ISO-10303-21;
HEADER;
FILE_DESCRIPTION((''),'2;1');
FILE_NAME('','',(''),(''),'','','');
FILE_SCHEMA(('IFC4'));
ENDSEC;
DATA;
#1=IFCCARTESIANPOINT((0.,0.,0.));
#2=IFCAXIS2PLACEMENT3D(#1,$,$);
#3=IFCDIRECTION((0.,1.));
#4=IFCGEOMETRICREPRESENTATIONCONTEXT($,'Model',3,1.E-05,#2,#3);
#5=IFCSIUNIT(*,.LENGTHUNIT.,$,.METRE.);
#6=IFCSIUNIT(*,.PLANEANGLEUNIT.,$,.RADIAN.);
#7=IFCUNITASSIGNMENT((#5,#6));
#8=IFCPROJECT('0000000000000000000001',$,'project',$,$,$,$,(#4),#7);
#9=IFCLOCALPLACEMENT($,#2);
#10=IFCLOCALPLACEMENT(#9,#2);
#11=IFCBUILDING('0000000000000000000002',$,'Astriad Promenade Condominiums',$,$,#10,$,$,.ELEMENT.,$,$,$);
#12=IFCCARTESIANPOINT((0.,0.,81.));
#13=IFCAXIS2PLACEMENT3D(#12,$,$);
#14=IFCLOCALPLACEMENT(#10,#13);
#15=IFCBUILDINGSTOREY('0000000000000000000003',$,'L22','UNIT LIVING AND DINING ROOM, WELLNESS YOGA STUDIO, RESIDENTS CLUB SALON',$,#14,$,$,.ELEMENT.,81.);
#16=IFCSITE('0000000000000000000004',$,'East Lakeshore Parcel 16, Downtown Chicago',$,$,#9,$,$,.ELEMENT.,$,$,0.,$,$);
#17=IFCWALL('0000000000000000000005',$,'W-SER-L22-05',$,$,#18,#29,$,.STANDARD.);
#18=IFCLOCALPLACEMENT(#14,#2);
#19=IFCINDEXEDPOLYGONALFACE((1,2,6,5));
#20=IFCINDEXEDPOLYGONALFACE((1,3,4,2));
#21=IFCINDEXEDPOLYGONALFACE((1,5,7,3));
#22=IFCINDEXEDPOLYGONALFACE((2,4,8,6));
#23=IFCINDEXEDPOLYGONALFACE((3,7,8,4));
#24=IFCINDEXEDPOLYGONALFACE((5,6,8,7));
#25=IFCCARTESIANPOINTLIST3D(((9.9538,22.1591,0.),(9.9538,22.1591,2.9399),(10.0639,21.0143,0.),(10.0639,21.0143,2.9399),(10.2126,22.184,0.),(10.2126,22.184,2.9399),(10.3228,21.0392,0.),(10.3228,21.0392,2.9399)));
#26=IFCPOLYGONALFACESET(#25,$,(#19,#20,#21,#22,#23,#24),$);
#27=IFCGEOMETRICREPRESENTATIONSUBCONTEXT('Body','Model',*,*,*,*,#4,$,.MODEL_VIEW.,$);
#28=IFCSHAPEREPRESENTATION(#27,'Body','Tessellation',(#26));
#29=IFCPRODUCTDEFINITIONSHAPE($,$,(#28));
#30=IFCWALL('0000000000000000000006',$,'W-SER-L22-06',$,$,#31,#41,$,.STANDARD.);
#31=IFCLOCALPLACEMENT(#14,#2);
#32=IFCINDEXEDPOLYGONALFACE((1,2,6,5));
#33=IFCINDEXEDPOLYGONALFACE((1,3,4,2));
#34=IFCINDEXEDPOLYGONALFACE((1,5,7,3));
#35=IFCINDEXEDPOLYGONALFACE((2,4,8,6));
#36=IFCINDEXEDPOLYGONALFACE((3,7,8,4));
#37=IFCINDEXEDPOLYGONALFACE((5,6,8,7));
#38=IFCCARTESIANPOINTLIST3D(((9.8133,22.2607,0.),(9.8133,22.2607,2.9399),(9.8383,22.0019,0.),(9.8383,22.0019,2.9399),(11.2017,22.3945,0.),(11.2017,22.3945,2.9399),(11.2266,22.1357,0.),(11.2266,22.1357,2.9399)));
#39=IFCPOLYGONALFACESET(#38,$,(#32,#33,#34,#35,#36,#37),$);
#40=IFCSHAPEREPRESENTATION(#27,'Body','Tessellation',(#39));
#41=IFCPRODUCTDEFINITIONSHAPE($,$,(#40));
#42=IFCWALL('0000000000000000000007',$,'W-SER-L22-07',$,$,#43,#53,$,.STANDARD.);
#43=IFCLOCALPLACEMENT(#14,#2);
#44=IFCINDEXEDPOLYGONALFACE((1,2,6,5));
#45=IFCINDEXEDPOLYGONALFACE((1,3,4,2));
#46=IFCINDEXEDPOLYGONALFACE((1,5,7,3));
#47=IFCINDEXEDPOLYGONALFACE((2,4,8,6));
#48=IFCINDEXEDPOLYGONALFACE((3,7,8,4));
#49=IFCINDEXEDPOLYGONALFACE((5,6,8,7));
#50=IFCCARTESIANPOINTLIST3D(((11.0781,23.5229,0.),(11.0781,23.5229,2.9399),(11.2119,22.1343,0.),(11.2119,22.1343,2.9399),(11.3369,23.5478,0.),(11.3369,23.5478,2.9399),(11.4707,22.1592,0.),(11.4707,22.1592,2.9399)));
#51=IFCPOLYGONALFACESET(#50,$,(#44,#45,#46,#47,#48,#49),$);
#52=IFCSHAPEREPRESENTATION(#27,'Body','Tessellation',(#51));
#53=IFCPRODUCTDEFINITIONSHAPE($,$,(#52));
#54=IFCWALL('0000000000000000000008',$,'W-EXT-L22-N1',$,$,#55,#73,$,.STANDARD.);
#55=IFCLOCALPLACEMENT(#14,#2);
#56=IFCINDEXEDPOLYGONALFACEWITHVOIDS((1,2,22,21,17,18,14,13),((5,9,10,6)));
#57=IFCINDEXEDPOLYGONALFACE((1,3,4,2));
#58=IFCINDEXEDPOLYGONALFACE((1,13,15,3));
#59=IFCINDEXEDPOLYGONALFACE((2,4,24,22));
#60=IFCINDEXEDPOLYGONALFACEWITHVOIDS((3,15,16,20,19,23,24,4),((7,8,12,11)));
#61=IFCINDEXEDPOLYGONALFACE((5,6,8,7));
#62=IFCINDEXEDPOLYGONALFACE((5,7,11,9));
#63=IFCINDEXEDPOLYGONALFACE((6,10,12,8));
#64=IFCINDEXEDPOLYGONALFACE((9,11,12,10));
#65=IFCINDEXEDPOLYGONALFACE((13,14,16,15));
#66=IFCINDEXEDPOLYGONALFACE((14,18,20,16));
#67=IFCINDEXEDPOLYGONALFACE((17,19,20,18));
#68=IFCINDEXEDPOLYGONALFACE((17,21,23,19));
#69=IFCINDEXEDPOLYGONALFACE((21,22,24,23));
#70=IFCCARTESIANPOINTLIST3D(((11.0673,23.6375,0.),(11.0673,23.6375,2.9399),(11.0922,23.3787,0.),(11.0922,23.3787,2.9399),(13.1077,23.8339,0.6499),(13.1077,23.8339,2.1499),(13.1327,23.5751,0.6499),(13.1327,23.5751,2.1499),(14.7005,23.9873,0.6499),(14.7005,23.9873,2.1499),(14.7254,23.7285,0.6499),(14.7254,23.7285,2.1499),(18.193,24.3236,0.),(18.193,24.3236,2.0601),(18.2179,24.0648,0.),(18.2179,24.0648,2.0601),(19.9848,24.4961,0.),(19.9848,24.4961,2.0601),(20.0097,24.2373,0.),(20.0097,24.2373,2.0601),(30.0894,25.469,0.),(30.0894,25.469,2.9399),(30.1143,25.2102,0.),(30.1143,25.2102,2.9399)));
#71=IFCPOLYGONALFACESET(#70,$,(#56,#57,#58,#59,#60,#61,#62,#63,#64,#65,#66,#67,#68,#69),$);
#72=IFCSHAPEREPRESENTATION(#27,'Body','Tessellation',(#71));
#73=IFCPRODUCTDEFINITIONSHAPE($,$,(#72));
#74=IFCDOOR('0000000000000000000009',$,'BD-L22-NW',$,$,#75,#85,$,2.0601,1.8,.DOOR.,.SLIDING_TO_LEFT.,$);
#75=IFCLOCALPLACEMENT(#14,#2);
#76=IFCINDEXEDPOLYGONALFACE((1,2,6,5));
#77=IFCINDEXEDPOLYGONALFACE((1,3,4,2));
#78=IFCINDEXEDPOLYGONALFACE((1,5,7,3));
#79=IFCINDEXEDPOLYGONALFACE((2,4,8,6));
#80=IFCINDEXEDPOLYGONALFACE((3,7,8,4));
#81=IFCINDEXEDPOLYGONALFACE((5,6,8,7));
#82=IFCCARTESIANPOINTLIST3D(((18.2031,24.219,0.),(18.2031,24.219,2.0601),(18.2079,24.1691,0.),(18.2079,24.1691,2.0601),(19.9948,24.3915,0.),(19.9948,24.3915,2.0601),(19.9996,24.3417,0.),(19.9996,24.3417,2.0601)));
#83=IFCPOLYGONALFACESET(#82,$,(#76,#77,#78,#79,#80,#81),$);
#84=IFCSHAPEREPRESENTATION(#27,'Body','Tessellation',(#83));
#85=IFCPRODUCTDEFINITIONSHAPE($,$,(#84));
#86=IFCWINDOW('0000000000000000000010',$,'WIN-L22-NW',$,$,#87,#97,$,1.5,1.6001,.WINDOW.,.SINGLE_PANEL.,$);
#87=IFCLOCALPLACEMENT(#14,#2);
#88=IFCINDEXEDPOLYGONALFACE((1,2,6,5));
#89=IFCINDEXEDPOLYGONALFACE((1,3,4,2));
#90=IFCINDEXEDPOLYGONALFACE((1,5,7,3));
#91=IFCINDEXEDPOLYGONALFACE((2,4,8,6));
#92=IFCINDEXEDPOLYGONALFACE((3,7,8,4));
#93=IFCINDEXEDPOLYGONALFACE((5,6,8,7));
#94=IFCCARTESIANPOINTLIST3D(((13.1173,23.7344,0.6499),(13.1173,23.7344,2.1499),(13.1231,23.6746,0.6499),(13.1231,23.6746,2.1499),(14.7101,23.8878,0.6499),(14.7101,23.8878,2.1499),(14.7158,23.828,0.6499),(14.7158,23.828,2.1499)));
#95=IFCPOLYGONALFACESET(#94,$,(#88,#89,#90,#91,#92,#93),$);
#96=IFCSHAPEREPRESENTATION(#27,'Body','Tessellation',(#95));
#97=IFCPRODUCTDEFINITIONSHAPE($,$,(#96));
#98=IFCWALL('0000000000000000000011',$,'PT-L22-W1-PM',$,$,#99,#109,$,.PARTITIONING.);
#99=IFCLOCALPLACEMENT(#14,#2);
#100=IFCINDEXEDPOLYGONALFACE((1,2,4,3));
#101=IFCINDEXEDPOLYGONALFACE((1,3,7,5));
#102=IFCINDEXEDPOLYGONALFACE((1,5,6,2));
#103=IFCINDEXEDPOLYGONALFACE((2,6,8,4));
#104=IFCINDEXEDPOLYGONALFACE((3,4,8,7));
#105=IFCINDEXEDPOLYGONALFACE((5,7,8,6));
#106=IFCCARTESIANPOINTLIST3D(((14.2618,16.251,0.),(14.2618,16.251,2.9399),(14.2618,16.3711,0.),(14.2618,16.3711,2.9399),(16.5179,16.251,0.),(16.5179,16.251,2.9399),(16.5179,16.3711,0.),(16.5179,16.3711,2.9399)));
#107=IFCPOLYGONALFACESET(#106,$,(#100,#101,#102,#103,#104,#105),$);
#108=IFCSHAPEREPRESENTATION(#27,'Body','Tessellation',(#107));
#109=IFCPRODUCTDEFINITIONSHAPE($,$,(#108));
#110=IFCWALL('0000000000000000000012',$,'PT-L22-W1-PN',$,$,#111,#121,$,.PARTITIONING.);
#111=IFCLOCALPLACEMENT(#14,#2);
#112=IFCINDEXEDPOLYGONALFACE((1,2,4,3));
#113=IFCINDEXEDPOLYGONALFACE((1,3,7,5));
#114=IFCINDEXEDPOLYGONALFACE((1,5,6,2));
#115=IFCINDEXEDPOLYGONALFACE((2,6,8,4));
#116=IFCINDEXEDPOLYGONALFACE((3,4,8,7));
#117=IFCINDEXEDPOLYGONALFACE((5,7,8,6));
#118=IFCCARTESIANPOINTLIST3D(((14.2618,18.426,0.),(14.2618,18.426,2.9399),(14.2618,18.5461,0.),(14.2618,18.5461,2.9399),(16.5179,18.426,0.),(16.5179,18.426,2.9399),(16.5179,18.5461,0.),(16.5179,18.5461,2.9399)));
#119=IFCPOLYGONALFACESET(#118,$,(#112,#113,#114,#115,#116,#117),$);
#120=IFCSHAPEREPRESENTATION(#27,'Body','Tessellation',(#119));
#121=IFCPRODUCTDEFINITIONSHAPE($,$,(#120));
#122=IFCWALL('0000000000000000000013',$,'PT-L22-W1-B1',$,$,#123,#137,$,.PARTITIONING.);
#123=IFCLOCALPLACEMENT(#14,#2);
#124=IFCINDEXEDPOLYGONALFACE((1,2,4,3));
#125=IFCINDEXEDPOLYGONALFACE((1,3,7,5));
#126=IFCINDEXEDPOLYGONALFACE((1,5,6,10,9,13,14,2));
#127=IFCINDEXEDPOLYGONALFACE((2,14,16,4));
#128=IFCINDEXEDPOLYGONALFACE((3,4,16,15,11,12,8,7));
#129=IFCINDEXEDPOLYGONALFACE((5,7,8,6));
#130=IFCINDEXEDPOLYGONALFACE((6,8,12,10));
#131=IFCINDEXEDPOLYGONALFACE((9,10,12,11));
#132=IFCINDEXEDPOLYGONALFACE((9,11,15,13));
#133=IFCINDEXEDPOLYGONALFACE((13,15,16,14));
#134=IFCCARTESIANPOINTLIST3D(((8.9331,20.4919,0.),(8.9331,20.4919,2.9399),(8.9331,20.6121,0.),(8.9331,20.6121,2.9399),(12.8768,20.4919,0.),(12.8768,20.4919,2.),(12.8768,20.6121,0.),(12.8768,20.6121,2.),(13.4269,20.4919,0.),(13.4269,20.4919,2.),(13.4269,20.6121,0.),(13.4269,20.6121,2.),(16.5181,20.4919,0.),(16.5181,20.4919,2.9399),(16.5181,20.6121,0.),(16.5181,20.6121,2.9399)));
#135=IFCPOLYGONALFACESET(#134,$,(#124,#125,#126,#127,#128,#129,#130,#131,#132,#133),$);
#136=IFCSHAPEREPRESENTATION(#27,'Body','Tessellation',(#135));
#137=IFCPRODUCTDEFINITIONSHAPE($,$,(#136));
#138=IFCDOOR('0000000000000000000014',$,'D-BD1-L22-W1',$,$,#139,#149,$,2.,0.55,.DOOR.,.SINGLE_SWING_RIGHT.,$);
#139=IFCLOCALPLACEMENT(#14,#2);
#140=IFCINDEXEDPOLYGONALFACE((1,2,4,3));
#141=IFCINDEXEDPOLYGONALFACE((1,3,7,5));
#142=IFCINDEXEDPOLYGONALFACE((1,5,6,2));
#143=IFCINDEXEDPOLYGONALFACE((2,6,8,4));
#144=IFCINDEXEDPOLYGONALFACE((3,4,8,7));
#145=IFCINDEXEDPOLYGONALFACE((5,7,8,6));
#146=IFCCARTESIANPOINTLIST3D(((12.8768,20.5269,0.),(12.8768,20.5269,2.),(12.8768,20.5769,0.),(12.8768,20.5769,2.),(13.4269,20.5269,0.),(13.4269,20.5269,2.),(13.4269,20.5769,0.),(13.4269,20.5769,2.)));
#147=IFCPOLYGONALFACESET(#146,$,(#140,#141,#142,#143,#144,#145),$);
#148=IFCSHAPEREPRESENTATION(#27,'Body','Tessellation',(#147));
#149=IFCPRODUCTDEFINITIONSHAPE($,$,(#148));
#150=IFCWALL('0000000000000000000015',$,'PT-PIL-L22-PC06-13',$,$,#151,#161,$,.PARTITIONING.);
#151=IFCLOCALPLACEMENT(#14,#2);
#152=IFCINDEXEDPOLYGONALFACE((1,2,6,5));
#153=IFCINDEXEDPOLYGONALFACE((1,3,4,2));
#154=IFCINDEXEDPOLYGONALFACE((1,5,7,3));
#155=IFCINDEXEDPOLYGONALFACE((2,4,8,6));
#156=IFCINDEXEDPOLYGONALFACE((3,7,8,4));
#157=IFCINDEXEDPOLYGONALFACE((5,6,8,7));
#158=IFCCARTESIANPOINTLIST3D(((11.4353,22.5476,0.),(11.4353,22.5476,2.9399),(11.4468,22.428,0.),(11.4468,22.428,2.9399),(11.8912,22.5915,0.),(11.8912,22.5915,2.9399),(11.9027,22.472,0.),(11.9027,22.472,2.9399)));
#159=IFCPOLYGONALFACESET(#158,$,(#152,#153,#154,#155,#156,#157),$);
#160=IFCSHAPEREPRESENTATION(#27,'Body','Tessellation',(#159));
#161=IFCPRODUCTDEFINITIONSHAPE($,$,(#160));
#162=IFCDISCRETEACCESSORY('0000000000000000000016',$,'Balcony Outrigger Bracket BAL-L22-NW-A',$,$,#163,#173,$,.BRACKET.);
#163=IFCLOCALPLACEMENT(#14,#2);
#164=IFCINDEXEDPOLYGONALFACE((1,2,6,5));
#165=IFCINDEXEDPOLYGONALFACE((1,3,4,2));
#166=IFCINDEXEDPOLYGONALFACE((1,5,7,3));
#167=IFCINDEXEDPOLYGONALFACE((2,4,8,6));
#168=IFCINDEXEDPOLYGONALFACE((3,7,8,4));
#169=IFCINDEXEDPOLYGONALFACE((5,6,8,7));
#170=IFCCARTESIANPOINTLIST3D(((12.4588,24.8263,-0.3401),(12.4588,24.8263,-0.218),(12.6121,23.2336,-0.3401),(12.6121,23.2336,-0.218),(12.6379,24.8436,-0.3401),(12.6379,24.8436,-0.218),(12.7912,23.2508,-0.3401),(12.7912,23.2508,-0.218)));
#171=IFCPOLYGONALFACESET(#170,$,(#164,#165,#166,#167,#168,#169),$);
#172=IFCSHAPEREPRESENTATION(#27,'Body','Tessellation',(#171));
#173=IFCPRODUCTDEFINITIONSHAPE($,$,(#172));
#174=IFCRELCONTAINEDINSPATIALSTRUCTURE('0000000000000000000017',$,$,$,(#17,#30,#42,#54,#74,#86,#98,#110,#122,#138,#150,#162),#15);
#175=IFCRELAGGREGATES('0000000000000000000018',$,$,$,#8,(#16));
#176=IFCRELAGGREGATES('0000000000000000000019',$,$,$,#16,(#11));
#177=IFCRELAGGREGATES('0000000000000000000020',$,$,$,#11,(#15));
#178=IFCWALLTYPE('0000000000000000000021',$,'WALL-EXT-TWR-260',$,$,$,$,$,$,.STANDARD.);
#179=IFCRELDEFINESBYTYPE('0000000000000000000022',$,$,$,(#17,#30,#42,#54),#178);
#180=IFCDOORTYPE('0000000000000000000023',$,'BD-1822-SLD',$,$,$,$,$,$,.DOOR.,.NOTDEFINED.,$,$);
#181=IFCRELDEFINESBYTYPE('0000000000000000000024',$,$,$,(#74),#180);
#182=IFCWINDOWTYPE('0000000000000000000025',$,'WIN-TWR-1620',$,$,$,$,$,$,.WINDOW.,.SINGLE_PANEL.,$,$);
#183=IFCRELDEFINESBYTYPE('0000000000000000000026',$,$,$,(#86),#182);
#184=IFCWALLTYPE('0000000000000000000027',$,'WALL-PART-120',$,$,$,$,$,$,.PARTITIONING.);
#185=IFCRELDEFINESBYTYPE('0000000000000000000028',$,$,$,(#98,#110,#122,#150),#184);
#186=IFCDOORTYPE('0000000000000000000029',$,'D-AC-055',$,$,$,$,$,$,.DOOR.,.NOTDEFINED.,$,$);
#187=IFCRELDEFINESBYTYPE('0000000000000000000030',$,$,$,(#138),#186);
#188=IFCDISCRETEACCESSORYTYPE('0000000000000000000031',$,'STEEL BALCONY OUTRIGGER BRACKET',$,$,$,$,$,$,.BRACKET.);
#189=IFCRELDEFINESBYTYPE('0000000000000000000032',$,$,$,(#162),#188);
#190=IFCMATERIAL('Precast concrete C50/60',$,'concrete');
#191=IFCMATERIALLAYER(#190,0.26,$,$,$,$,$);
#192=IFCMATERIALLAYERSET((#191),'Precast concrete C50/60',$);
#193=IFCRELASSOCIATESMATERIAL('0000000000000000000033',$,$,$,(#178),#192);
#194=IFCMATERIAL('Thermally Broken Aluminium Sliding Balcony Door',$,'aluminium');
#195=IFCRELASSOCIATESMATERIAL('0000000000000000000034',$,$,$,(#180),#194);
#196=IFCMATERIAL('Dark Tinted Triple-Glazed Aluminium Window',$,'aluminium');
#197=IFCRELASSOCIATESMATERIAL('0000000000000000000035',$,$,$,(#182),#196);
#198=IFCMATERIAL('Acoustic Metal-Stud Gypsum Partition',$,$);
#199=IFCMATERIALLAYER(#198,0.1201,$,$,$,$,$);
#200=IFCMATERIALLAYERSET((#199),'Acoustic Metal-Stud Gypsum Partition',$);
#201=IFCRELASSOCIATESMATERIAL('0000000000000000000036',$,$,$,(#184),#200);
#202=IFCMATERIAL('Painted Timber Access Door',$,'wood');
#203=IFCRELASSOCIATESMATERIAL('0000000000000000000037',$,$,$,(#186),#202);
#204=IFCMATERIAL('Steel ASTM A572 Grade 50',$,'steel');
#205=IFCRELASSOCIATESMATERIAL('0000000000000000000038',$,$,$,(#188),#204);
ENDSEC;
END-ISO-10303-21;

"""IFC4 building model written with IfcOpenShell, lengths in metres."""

from ifc_helpers import new_model, si_unit, direction, frame, frame_2d, origin, origin_2d, place, context, subcontext, project, spatial, rectangle, extrude, source, transform, mapped, material, layer, layer_set, type_object, type_shapes, element, fill, save


model = new_model("IFC4")

# Units and contexts
model_context = context("Model", 3, precision=1e-05, world=origin(), true_north=direction((0.0, 1.0)))
body_context = subcontext(model_context, "Body", "Model", "MODEL_VIEW")
ifc_project = project(units=[si_unit("LENGTHUNIT", "METRE"), si_unit("PLANEANGLEUNIT", "RADIAN")], contexts=[model_context])

# Site, building, storey
site_placement = place(None, origin())
site = spatial("IfcSite", under=ifc_project, at=site_placement, Name="East Lakeshore Parcel 16, Downtown Chicago", CompositionType="ELEMENT", RefElevation=0.0)
building_placement = place(site_placement, origin())
building = spatial("IfcBuilding", under=site, at=building_placement, Name="Astriad Promenade Condominiums", CompositionType="ELEMENT")
storey_placement = place(building_placement, frame((0.0, 0.0, 81.0)))
storey = spatial("IfcBuildingStorey", under=building, at=storey_placement, Name="L22", Description="UNIT LIVING AND DINING ROOM, WELLNESS YOGA STUDIO, RESIDENTS CLUB SALON", CompositionType="ELEMENT", Elevation=81.0)

# Walls
ifc_material_1 = material(Name="Precast concrete C50/60", Category="concrete")
ifc_layer_1 = layer(ifc_material_1, 0.26)
ifc_layer_set_1 = layer_set([ifc_layer_1], Name="Precast concrete C50/60")
wall_type_1 = type_object("IfcWallType", Name="WALL-EXT-TWR-260", PredefinedType="STANDARD", material=ifc_layer_set_1)
wall_1_placement = place(storey_placement, frame((10.1934, 21.0266, 0.0), z_axis=(0.0, 0.0, 1.0), x_axis=(-0.095741, 0.995406, 0.0)))
element("IfcWall", 1, at=wall_1_placement, inside=storey, type_object=wall_type_1, Name="W-SER-L22-05", PredefinedType="STANDARD", context=body_context, shape_type="SweptSolid", body=[
    extrude(rectangle(XDim=1.1501, YDim=0.26, at=frame_2d((0.5752, 0.0))), origin(), (0.0, 0.0, 1.0), 2.9399),
])
wall_2_placement = place(storey_placement, frame((9.8259, 22.1313, 0.0), z_axis=(0.0, 0.0, 1.0), x_axis=(0.995389, 0.095916, 0.0)))
element("IfcWall", 2, at=wall_2_placement, inside=storey, type_object=wall_type_1, Name="W-SER-L22-06", PredefinedType="STANDARD", context=body_context, shape_type="SweptSolid", body=[
    extrude(rectangle(XDim=1.3948, YDim=0.26, at=frame_2d((0.6973, 0.0))), origin(), (0.0, 0.0, 1.0), 2.9399),
])
wall_3_placement = place(storey_placement, frame((11.3413, 22.1467, 0.0), z_axis=(0.0, 0.0, 1.0), x_axis=(-0.095899, 0.995391, 0.0)))
element("IfcWall", 3, at=wall_3_placement, inside=storey, type_object=wall_type_1, Name="W-SER-L22-07", PredefinedType="STANDARD", context=body_context, shape_type="SweptSolid", body=[
    extrude(rectangle(XDim=1.395, YDim=0.26, at=frame_2d((0.6975, 0.0))), origin(), (0.0, 0.0, 1.0), 2.9399),
])

# Wall, openings, door, window
wall_4_placement = place(storey_placement, frame((11.0796, 23.5081, 0.0), z_axis=(0.0, 0.0, 1.0), x_axis=(0.995397, 0.095841, 0.0)))
wall_4 = element("IfcWall", 4, at=wall_4_placement, inside=storey, type_object=wall_type_1, Name="W-EXT-L22-N1", PredefinedType="STANDARD", context=body_context, shape_type="SweptSolid", body=[
    extrude(rectangle(XDim=19.1101, YDim=0.26, at=frame_2d((9.5552, 0.0))), origin(), (0.0, 0.0, 1.0), 2.9399),
])
opening_1_placement = place(wall_4_placement, frame((7.1589, 0.0, 0.0)))
opening_1 = element("IfcOpeningElement", 5, at=opening_1_placement, cuts=wall_4, PredefinedType="OPENING", context=body_context, shape_type="SweptSolid", body=[
    extrude(rectangle(XDim=1.8, YDim=2.0601, at=frame_2d((0.8999, 1.03))), frame((0.0, 0.1399, 0.0), z_axis=(0.0, -1.0, 0.0), x_axis=(1.0, 0.0, 0.0)), (0.0, 0.0, 1.0), 0.28),
])
opening_2_placement = place(wall_4_placement, frame((2.05, 0.0, 0.6499)))
opening_2 = element("IfcOpeningElement", 6, at=opening_2_placement, cuts=wall_4, PredefinedType="OPENING", context=body_context, shape_type="SweptSolid", body=[
    extrude(rectangle(XDim=1.6001, YDim=1.5, at=frame_2d((0.8, 0.75))), frame((0.0, 0.1399, 0.0), z_axis=(0.0, -1.0, 0.0), x_axis=(1.0, 0.0, 0.0)), (0.0, 0.0, 1.0), 0.28),
])
ifc_material_2 = material(Name="Thermally Broken Aluminium Sliding Balcony Door", Category="aluminium")
door_type_1 = type_object("IfcDoorType", Name="BD-1822-SLD", OperationType="NOTDEFINED", PredefinedType="DOOR", material=ifc_material_2)
shared_shape_1 = source(origin(), body_context, "Body", "SweptSolid", [
    extrude(rectangle(XDim=1.8, YDim=2.0601, at=frame_2d((0.8999, 1.03))), frame((0.0, 0.0249, 0.0), z_axis=(0.0, -1.0, 0.0), x_axis=(1.0, 0.0, 0.0)), (0.0, 0.0, 1.0), 0.05),
])
type_shapes(door_type_1, [shared_shape_1])
door_1_placement = place(opening_1_placement, origin())
door_1 = element("IfcDoor", 7, at=door_1_placement, inside=storey, type_object=door_type_1, Name="BD-L22-NW", OperationType="SLIDING_TO_LEFT", OverallHeight=2.0601, OverallWidth=1.8, PredefinedType="DOOR", context=body_context, shape_type="MappedRepresentation", body=[
    mapped(shared_shape_1, transform((0.0, 0.0, 0.0), scale=1.0)),
])
fill(opening_1, door_1)
ifc_material_3 = material(Name="Dark Tinted Triple-Glazed Aluminium Window", Category="aluminium")
window_type = type_object("IfcWindowType", Name="WIN-TWR-1620", PartitioningType="SINGLE_PANEL", PredefinedType="WINDOW", material=ifc_material_3)
shared_shape_2 = source(origin(), body_context, "Body", "SweptSolid", [
    extrude(rectangle(XDim=1.6001, YDim=1.5, at=frame_2d((0.8, 0.75))), frame((0.0, 0.03, 0.0), z_axis=(0.0, -1.0, 0.0), x_axis=(1.0, 0.0, 0.0)), (0.0, 0.0, 1.0), 0.0601),
])
type_shapes(window_type, [shared_shape_2])
window_placement = place(opening_2_placement, origin())
window = element("IfcWindow", 8, at=window_placement, inside=storey, type_object=window_type, Name="WIN-L22-NW", OverallHeight=1.5, OverallWidth=1.6001, PartitioningType="SINGLE_PANEL", PredefinedType="WINDOW", context=body_context, shape_type="MappedRepresentation", body=[
    mapped(shared_shape_2, transform((0.0, 0.0, 0.0), scale=1.0)),
])
fill(opening_2, window)

# Walls
ifc_material_4 = material(Name="Acoustic Metal-Stud Gypsum Partition")
ifc_layer_2 = layer(ifc_material_4, 0.1201)
ifc_layer_set_2 = layer_set([ifc_layer_2], Name="Acoustic Metal-Stud Gypsum Partition")
wall_type_2 = type_object("IfcWallType", Name="WALL-PART-120", PredefinedType="PARTITIONING", material=ifc_layer_set_2)
for number, where, z_axis, x_axis, name in (
    (9, (14.262, 16.311, 0.0), (0.0, 0.0, 1.0), (1.0, 0.0, 0.0), "PT-L22-W1-PM"),
    (10, (14.262, 18.4861, 0.0), (0.0, 0.0, 1.0), (1.0, 0.0, 0.0), "PT-L22-W1-PN"),
):
    element("IfcWall", number, at=place(storey_placement, frame(where, z_axis=z_axis, x_axis=x_axis)), inside=storey, type_object=wall_type_2, Name=name, PredefinedType="PARTITIONING", context=body_context, shape_type="SweptSolid", body=[
        extrude(rectangle(XDim=2.2561, YDim=0.1201, at=frame_2d((1.1279, 0.0))), origin(), (0.0, 0.0, 1.0), 2.9399),
    ])

# Wall, opening, door
wall_5_placement = place(storey_placement, frame((8.9331, 20.552, 0.0), z_axis=(0.0, 0.0, 1.0), x_axis=(1.0, 0.0, 0.0)))
wall_5 = element("IfcWall", 11, at=wall_5_placement, inside=storey, type_object=wall_type_2, Name="PT-L22-W1-B1", PredefinedType="PARTITIONING", context=body_context, shape_type="SweptSolid", body=[
    extrude(rectangle(XDim=7.585, YDim=0.1201, at=frame_2d((3.7925, 0.0))), origin(), (0.0, 0.0, 1.0), 2.9399),
])
opening_3_placement = place(wall_5_placement, frame((3.9438, 0.0, 0.0)))
opening_3 = element("IfcOpeningElement", 12, at=opening_3_placement, cuts=wall_5, PredefinedType="OPENING", context=body_context, shape_type="SweptSolid", body=[
    extrude(rectangle(XDim=0.55, YDim=2.0, at=frame_2d((0.2749, 1.0))), frame((0.0, 0.0701, 0.0), z_axis=(0.0, -1.0, 0.0), x_axis=(1.0, 0.0, 0.0)), (0.0, 0.0, 1.0), 0.1401),
])
ifc_material_5 = material(Name="Painted Timber Access Door", Category="wood")
door_type_2 = type_object("IfcDoorType", Name="D-AC-055", OperationType="NOTDEFINED", PredefinedType="DOOR", material=ifc_material_5)
shared_shape_3 = source(origin(), body_context, "Body", "SweptSolid", [
    extrude(rectangle(XDim=0.55, YDim=2.0, at=frame_2d((0.2749, 1.0))), frame((0.0, 0.0249, 0.0), z_axis=(0.0, -1.0, 0.0), x_axis=(1.0, 0.0, 0.0)), (0.0, 0.0, 1.0), 0.05),
])
type_shapes(door_type_2, [shared_shape_3])
door_2_placement = place(opening_3_placement, origin())
door_2 = element("IfcDoor", 13, at=door_2_placement, inside=storey, type_object=door_type_2, Name="D-BD1-L22-W1", OperationType="SINGLE_SWING_RIGHT", OverallHeight=2.0, OverallWidth=0.55, PredefinedType="DOOR", context=body_context, shape_type="MappedRepresentation", body=[
    mapped(shared_shape_3, transform((0.0, 0.0, 0.0), scale=1.0)),
])
fill(opening_3, door_2)

# Wall
wall_6_placement = place(storey_placement, frame((11.897, 22.5317, 0.0), z_axis=(0.0, 0.0, 1.0), x_axis=(-0.995385, -0.095966, 0.0)))
element("IfcWall", 14, at=wall_6_placement, inside=storey, type_object=wall_type_2, Name="PT-PIL-L22-PC06-13", PredefinedType="PARTITIONING", context=body_context, shape_type="SweptSolid", body=[
    extrude(rectangle(XDim=0.458, YDim=0.1201, at=frame_2d((0.229, 0.0))), origin(), (0.0, 0.0, 1.0), 2.9399),
])

# Discrete accessory
ifc_material_6 = material(Name="Steel ASTM A572 Grade 50", Category="steel")
discrete_accessory_type = type_object("IfcDiscreteAccessoryType", Name="STEEL BALCONY OUTRIGGER BRACKET", PredefinedType="BRACKET", material=ifc_material_6)
shared_shape_4 = source(origin(), body_context, "Body", "SweptSolid", [
    extrude(rectangle(XDim=1.6001, YDim=0.1799, at=origin_2d()), origin(), (0.0, 0.0, 1.0), 0.1221),
])
type_shapes(discrete_accessory_type, [shared_shape_4])
discrete_accessory_placement = place(storey_placement, frame((12.625, 24.0386, -0.3401), z_axis=(0.0, 0.0, 1.0), x_axis=(-0.095846, 0.995396, 0.0)))
element("IfcDiscreteAccessory", 15, at=discrete_accessory_placement, inside=storey, type_object=discrete_accessory_type, Name="Balcony Outrigger Bracket BAL-L22-NW-A", PredefinedType="BRACKET", context=body_context, shape_type="MappedRepresentation", body=[
    mapped(shared_shape_4, transform((0.0, 0.0, 0.0), scale=1.0)),
])

save(model, "model.ifc")
